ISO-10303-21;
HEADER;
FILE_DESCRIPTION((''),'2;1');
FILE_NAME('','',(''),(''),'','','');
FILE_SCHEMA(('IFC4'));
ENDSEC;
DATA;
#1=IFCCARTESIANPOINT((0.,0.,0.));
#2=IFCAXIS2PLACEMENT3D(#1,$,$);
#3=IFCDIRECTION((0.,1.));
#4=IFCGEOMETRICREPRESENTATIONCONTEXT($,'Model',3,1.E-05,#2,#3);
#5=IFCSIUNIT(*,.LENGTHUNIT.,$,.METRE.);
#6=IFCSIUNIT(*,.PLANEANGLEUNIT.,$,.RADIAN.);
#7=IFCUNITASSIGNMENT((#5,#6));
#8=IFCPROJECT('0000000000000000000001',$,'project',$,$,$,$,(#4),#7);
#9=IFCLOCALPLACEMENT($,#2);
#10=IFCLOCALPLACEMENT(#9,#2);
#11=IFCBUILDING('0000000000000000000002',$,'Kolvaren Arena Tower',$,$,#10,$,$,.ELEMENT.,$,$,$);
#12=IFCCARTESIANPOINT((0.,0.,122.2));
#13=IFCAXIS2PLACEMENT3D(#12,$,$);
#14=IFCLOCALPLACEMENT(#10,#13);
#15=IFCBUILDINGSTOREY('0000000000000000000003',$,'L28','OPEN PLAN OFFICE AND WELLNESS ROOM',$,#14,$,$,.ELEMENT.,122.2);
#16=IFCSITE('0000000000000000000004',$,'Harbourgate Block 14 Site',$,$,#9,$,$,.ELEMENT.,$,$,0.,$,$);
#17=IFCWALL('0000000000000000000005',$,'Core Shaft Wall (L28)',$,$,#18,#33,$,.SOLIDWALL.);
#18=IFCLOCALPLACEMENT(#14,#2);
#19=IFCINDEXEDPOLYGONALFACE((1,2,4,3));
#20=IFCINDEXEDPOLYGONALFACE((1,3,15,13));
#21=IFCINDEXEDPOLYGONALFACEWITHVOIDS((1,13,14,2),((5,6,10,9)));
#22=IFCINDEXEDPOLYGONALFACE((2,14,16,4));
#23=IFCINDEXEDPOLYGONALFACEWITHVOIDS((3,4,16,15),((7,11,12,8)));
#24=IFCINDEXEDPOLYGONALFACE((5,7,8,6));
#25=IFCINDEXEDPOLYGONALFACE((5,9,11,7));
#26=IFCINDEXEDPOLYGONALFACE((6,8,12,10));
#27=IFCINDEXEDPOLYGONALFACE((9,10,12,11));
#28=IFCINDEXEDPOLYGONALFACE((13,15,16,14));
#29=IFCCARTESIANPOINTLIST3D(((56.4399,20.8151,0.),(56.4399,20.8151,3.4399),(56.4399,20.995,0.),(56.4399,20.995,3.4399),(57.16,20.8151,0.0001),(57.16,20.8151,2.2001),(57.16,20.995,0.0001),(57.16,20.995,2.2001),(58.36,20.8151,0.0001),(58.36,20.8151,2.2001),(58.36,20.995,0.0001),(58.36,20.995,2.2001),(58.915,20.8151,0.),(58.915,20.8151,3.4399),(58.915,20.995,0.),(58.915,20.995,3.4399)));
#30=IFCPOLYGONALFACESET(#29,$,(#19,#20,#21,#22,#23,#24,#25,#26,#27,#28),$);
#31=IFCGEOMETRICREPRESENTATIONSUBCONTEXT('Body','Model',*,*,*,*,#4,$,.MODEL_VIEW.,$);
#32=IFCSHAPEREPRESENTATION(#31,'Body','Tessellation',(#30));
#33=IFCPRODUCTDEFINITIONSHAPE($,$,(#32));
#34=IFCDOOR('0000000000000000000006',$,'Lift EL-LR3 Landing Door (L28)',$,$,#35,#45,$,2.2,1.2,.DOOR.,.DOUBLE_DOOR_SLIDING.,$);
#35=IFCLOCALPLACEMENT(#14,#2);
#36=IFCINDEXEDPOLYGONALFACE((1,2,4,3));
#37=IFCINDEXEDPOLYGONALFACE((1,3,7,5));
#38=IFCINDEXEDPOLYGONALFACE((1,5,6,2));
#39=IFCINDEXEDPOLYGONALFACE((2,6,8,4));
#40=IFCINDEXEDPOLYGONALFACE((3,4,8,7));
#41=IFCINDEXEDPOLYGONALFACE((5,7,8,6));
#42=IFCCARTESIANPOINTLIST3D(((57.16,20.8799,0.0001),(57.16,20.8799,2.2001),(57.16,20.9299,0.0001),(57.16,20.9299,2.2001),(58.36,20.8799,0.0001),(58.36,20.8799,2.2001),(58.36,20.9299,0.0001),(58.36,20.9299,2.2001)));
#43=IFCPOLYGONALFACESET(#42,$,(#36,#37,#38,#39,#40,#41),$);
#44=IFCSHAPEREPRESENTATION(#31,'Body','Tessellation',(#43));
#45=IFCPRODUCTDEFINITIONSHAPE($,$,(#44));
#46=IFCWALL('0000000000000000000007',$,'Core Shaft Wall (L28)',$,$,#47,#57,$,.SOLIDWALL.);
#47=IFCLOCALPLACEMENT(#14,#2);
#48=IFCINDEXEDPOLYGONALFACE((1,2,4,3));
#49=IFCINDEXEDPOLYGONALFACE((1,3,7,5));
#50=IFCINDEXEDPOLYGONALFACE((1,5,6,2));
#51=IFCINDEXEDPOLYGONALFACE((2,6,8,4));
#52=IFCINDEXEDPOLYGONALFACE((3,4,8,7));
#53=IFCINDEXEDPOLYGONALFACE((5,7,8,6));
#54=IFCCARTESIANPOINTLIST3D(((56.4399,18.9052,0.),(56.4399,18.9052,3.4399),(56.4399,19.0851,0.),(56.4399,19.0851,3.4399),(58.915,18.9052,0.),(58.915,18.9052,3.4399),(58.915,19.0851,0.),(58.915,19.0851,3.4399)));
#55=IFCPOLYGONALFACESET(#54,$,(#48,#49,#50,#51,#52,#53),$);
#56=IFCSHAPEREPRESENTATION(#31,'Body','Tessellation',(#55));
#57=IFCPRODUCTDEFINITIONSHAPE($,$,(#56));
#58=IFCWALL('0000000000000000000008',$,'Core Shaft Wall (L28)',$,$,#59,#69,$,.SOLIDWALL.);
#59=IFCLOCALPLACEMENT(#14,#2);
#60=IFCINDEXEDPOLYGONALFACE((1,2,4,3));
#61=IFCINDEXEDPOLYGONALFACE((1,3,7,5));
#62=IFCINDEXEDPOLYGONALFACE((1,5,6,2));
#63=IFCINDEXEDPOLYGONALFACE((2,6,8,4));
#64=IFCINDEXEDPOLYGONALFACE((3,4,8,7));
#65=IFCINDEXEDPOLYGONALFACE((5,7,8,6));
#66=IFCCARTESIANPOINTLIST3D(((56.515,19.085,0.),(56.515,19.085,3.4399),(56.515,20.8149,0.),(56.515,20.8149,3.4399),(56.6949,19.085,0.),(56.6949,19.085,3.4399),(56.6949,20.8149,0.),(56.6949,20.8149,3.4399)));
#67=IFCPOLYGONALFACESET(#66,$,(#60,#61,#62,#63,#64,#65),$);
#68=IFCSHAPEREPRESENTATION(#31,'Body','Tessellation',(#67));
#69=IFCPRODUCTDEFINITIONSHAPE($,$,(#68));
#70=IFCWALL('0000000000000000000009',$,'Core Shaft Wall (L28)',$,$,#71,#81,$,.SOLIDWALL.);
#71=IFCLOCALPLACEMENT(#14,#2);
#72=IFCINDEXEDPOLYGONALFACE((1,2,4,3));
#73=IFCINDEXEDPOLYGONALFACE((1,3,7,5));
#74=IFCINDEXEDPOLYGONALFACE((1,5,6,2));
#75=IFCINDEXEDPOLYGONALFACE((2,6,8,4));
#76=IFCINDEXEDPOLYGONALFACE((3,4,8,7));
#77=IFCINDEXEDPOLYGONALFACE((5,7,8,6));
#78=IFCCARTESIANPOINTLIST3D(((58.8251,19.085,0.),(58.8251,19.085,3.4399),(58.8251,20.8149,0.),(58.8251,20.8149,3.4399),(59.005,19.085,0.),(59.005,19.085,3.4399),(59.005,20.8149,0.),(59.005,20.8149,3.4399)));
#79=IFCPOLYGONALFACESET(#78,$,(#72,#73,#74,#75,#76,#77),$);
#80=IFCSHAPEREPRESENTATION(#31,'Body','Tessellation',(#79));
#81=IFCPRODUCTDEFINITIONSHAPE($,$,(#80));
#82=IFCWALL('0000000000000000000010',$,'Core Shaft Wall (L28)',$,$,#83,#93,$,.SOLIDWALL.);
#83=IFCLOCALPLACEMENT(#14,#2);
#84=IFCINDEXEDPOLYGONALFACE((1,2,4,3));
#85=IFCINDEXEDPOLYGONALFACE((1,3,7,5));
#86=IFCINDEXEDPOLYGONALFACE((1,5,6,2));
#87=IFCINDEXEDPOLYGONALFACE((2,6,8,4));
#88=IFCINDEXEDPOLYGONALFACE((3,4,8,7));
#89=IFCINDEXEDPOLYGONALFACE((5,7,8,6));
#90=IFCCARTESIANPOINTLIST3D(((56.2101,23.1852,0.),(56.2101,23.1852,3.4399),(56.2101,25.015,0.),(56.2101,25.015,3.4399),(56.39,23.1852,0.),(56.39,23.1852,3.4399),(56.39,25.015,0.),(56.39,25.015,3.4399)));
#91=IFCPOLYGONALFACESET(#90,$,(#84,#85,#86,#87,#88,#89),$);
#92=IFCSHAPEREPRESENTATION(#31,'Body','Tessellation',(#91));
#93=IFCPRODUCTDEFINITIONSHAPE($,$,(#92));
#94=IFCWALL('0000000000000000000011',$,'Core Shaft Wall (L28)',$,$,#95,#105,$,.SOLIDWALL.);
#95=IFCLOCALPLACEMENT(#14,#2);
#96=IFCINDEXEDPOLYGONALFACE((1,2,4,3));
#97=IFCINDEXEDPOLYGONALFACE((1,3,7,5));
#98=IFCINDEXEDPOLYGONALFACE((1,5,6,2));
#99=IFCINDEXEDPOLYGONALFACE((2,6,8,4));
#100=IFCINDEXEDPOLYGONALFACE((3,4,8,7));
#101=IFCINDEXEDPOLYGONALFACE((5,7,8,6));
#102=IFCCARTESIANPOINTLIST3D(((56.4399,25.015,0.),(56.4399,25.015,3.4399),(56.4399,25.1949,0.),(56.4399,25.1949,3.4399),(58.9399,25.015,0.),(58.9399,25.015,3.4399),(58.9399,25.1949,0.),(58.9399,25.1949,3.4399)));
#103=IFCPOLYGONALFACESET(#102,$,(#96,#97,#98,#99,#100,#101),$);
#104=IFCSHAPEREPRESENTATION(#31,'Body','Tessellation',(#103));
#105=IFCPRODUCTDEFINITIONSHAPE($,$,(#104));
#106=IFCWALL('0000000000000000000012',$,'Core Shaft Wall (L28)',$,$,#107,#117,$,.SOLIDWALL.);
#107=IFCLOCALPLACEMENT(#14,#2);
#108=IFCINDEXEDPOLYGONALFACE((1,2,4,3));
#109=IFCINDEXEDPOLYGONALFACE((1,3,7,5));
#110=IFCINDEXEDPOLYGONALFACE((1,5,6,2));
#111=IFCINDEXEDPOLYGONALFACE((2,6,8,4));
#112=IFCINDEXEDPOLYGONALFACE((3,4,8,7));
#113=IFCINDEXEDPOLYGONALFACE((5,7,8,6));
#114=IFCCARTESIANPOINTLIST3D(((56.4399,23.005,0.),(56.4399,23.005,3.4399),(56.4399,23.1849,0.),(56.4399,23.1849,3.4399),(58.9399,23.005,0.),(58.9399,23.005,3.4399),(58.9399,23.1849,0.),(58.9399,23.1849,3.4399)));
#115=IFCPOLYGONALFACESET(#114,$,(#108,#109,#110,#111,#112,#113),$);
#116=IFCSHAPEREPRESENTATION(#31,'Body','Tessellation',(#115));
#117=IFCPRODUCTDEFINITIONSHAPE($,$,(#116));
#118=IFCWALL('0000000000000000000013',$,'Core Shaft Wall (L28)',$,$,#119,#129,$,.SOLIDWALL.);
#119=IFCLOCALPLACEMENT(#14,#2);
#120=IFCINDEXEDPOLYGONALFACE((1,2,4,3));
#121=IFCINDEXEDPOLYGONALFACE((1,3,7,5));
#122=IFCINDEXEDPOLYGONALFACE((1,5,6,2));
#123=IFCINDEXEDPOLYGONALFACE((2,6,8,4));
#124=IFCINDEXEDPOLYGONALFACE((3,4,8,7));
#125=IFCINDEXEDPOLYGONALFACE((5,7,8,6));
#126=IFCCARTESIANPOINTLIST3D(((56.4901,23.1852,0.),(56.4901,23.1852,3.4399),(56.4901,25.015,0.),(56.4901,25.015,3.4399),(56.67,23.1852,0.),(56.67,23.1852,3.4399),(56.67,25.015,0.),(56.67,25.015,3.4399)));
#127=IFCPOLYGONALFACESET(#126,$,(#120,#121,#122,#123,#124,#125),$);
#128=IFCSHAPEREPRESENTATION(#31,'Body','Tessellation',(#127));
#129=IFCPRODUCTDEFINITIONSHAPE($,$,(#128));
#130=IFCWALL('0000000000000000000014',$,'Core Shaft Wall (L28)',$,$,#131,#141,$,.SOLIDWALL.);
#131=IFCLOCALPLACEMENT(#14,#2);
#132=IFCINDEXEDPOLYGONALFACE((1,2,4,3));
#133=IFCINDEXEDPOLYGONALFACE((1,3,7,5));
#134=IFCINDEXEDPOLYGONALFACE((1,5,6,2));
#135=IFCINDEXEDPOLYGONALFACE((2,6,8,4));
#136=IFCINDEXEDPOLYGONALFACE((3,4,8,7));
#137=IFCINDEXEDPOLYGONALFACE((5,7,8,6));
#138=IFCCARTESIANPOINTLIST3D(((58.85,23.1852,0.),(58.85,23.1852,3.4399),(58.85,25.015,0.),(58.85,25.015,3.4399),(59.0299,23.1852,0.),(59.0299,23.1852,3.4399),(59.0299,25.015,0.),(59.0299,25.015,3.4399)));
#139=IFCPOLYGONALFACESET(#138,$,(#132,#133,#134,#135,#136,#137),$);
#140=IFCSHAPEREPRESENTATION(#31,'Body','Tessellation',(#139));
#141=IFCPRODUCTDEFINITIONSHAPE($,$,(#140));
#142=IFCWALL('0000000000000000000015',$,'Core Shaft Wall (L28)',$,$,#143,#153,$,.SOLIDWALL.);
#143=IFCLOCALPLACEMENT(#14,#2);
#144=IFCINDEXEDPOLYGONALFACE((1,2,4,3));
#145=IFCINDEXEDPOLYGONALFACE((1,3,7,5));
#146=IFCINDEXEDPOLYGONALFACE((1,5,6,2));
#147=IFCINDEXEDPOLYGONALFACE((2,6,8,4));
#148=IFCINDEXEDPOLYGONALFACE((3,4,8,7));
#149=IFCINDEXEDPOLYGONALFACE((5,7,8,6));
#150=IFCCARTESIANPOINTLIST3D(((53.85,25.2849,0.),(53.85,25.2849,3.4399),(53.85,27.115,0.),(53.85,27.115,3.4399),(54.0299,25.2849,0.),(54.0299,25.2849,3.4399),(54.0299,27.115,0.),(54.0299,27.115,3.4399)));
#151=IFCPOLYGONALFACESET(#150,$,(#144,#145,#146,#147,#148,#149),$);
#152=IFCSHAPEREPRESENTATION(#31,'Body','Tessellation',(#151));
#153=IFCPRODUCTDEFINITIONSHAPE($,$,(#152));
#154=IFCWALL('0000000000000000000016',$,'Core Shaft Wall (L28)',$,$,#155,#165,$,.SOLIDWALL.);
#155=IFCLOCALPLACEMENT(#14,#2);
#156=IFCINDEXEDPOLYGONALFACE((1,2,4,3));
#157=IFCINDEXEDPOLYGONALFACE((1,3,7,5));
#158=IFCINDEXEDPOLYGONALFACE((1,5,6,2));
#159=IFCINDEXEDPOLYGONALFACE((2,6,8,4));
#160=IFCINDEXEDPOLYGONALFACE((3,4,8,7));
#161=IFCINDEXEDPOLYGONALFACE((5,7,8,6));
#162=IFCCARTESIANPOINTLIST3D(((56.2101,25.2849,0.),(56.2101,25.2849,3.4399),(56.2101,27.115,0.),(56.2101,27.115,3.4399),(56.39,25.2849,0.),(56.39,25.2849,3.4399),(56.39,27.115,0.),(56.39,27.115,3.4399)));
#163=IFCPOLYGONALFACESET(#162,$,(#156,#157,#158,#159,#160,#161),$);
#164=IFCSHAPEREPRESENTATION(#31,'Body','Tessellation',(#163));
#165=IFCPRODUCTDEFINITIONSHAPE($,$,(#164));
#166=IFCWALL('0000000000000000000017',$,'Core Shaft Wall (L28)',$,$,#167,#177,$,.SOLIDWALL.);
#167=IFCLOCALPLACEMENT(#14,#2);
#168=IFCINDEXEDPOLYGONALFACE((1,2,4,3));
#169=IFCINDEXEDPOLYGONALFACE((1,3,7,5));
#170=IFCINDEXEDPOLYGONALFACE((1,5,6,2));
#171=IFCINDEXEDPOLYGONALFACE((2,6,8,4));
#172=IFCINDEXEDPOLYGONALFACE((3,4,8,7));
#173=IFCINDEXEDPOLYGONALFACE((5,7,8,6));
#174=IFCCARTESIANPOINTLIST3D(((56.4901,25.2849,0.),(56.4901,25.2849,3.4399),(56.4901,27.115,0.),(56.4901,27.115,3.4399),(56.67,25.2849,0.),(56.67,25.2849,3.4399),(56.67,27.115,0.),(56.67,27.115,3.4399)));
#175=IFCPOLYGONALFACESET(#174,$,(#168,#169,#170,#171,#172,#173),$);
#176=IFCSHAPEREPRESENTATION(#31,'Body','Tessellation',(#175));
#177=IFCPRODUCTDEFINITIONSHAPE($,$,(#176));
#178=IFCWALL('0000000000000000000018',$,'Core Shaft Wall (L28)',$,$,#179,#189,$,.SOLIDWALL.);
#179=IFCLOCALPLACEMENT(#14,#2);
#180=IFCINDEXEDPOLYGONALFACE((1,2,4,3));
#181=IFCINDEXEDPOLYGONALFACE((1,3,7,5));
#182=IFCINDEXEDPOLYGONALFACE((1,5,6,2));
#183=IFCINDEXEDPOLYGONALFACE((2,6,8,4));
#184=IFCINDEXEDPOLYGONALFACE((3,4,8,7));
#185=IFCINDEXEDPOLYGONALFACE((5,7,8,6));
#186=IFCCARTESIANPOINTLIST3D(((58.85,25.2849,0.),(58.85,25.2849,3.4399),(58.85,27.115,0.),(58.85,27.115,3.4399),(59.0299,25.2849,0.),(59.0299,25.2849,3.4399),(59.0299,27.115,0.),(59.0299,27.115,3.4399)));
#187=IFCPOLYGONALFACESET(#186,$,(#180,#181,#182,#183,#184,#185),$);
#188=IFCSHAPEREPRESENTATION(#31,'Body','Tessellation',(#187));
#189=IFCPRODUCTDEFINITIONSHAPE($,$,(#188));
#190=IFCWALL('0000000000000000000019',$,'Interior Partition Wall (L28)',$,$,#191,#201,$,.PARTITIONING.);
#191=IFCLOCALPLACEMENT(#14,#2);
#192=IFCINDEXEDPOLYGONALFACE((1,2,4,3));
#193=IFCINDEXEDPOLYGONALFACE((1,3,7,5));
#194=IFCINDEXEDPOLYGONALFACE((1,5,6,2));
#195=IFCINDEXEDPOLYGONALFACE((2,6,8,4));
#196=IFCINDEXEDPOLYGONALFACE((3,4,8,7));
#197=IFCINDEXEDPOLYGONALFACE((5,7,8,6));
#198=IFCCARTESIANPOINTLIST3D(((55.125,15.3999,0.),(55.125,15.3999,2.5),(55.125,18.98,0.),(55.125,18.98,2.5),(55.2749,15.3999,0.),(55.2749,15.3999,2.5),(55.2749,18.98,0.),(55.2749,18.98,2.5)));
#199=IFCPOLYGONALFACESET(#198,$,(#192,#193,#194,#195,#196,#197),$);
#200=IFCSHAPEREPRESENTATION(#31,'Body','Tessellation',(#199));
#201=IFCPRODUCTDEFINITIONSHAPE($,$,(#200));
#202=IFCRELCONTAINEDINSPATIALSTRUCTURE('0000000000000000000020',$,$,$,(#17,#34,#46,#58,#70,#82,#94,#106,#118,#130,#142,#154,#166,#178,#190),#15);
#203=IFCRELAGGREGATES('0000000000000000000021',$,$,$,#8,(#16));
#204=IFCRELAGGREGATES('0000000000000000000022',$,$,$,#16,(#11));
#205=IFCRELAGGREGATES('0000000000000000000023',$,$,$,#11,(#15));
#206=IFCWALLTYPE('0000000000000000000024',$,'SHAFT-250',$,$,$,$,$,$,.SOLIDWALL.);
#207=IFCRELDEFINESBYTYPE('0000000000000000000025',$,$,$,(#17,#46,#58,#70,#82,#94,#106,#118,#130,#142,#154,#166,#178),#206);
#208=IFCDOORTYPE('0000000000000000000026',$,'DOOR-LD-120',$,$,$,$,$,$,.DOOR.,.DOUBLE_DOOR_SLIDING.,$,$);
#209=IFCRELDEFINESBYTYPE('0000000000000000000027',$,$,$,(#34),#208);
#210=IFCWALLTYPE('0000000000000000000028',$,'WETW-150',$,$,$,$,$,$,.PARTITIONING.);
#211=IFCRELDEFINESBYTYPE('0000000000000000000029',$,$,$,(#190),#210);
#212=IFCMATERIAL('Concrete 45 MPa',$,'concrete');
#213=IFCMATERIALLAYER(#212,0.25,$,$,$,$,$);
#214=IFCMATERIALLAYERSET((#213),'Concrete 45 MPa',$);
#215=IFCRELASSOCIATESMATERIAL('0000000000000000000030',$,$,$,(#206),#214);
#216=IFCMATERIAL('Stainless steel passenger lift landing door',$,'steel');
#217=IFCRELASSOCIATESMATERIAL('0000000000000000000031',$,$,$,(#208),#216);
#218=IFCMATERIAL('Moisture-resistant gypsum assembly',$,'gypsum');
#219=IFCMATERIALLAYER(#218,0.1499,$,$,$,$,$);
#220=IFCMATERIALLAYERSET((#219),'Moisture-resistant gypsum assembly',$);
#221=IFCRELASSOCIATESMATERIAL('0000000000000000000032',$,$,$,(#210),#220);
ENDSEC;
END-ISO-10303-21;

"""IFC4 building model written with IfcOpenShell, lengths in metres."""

from ifc_helpers import new_model, si_unit, direction, frame, frame_2d, origin, place, context, subcontext, project, spatial, rectangle, extrude, material, layer, layer_set, type_object, element, fill, save


model = new_model("IFC4")

# Units and contexts
model_context = context("Model", 3, precision=1e-05, world=origin(), true_north=direction((0.0, 1.0)))
body_context = subcontext(model_context, "Body", "Model", "MODEL_VIEW")
ifc_project = project(units=[si_unit("LENGTHUNIT", "METRE"), si_unit("PLANEANGLEUNIT", "RADIAN")], contexts=[model_context])

# Site, building, storey
site_placement = place(None, origin())
site = spatial("IfcSite", under=ifc_project, at=site_placement, Name="Harbourgate Block 14 Site", CompositionType="ELEMENT", RefElevation=0.0)
building_placement = place(site_placement, origin())
building = spatial("IfcBuilding", under=site, at=building_placement, Name="Kolvaren Arena Tower", CompositionType="ELEMENT")
storey_placement = place(building_placement, frame((0.0, 0.0, 122.2)))
storey = spatial("IfcBuildingStorey", under=building, at=storey_placement, Name="L28", Description="OPEN PLAN OFFICE AND WELLNESS ROOM", CompositionType="ELEMENT", Elevation=122.2)

# Shared definitions
ifc_material_1 = material(Name="Concrete 45 MPa", Category="concrete")
ifc_layer_1 = layer(ifc_material_1, 0.25)
ifc_layer_set_1 = layer_set([ifc_layer_1], Name="Concrete 45 MPa")
wall_type_1 = type_object("IfcWallType", Name="SHAFT-250", PredefinedType="SOLIDWALL", material=ifc_layer_set_1)

# Wall, opening, door
wall_1_placement = place(storey_placement, frame((56.4399, 20.905, 0.0), z_axis=(0.0, 0.0, 1.0), x_axis=(1.0, 0.0, 0.0)))
wall_1 = element("IfcWall", 1, at=wall_1_placement, inside=storey, type_object=wall_type_1, Name="Core Shaft Wall (L28)", PredefinedType="SOLIDWALL", context=body_context, shape_type="SweptSolid", body=[
    extrude(rectangle(XDim=2.4751, YDim=0.1799, at=frame_2d((1.2375, 0.0))), origin(), (0.0, 0.0, 1.0), 3.4399),
])
opening_placement = place(wall_1_placement, frame((0.72, 0.0, 0.0)))
opening = element("IfcOpeningElement", 2, at=opening_placement, cuts=wall_1, PredefinedType="OPENING", context=body_context, shape_type="SweptSolid", body=[
    extrude(rectangle(XDim=1.2, YDim=2.2, at=frame_2d((0.6001, 1.1001))), frame((0.0, 0.0999, 0.0), z_axis=(0.0, -1.0, 0.0), x_axis=(1.0, 0.0, 0.0)), (0.0, 0.0, 1.0), 0.2),
])
ifc_material_2 = material(Name="Stainless steel passenger lift landing door", Category="steel")
door_type = type_object("IfcDoorType", Name="DOOR-LD-120", OperationType="DOUBLE_DOOR_SLIDING", PredefinedType="DOOR", material=ifc_material_2)
door_placement = place(opening_placement, origin())
door = element("IfcDoor", 3, at=door_placement, inside=storey, type_object=door_type, Name="Lift EL-LR3 Landing Door (L28)", OperationType="DOUBLE_DOOR_SLIDING", OverallHeight=2.2, OverallWidth=1.2, PredefinedType="DOOR", context=body_context, shape_type="SweptSolid", body=[
    extrude(rectangle(XDim=1.2, YDim=2.2, at=frame_2d((0.6001, 1.1001))), frame((0.0, 0.0249, 0.0), z_axis=(0.0, -1.0, 0.0), x_axis=(1.0, 0.0, 0.0)), (0.0, 0.0, 1.0), 0.05),
])
fill(opening, door)

# Walls
wall_2_placement = place(storey_placement, frame((56.4399, 18.9951, 0.0), z_axis=(0.0, 0.0, 1.0), x_axis=(1.0, 0.0, 0.0)))
element("IfcWall", 4, at=wall_2_placement, inside=storey, type_object=wall_type_1, Name="Core Shaft Wall (L28)", PredefinedType="SOLIDWALL", context=body_context, shape_type="SweptSolid", body=[
    extrude(rectangle(XDim=2.4751, YDim=0.1799, at=frame_2d((1.2375, 0.0))), origin(), (0.0, 0.0, 1.0), 3.4399),
])
for number, where, z_axis, x_axis, name in (
    (5, (56.605, 19.085, 0.0), (0.0, 0.0, 1.0), (0.0, 1.0, 0.0), "Core Shaft Wall (L28)"),
    (6, (58.915, 19.085, 0.0), (0.0, 0.0, 1.0), (0.0, 1.0, 0.0), "Core Shaft Wall (L28)"),
):
    element("IfcWall", number, at=place(storey_placement, frame(where, z_axis=z_axis, x_axis=x_axis)), inside=storey, type_object=wall_type_1, Name=name, PredefinedType="SOLIDWALL", context=body_context, shape_type="SweptSolid", body=[
        extrude(rectangle(XDim=1.73, YDim=0.1799, at=frame_2d((0.865, 0.0))), origin(), (0.0, 0.0, 1.0), 3.4399),
    ])
wall_3_placement = place(storey_placement, frame((56.3, 23.1851, 0.0), z_axis=(0.0, 0.0, 1.0), x_axis=(0.0, 1.0, 0.0)))
element("IfcWall", 7, at=wall_3_placement, inside=storey, type_object=wall_type_1, Name="Core Shaft Wall (L28)", PredefinedType="SOLIDWALL", context=body_context, shape_type="SweptSolid", body=[
    extrude(rectangle(XDim=1.8298, YDim=0.1799, at=frame_2d((0.915, 0.0))), origin(), (0.0, 0.0, 1.0), 3.4399),
])
for number, where, z_axis, x_axis, name in (
    (8, (56.4399, 25.105, 0.0), (0.0, 0.0, 1.0), (1.0, 0.0, 0.0), "Core Shaft Wall (L28)"),
    (9, (56.4399, 23.095, 0.0), (0.0, 0.0, 1.0), (1.0, 0.0, 0.0), "Core Shaft Wall (L28)"),
):
    element("IfcWall", number, at=place(storey_placement, frame(where, z_axis=z_axis, x_axis=x_axis)), inside=storey, type_object=wall_type_1, Name=name, PredefinedType="SOLIDWALL", context=body_context, shape_type="SweptSolid", body=[
        extrude(rectangle(XDim=2.5, YDim=0.1799, at=frame_2d((1.25, 0.0))), origin(), (0.0, 0.0, 1.0), 3.4399),
    ])
for number, where, z_axis, x_axis, name in (
    (10, (56.5801, 23.1851, 0.0), (0.0, 0.0, 1.0), (0.0, 1.0, 0.0), "Core Shaft Wall (L28)"),
    (11, (58.9399, 23.1851, 0.0), (0.0, 0.0, 1.0), (0.0, 1.0, 0.0), "Core Shaft Wall (L28)"),
):
    element("IfcWall", number, at=place(storey_placement, frame(where, z_axis=z_axis, x_axis=x_axis)), inside=storey, type_object=wall_type_1, Name=name, PredefinedType="SOLIDWALL", context=body_context, shape_type="SweptSolid", body=[
        extrude(rectangle(XDim=1.8298, YDim=0.1799, at=frame_2d((0.915, 0.0))), origin(), (0.0, 0.0, 1.0), 3.4399),
    ])
for number, where, z_axis, x_axis, name in (
    (12, (53.9399, 25.2849, 0.0), (0.0, 0.0, 1.0), (0.0, 1.0, 0.0), "Core Shaft Wall (L28)"),
    (13, (56.3, 25.2849, 0.0), (0.0, 0.0, 1.0), (0.0, 1.0, 0.0), "Core Shaft Wall (L28)"),
    (14, (56.5801, 25.2849, 0.0), (0.0, 0.0, 1.0), (0.0, 1.0, 0.0), "Core Shaft Wall (L28)"),
    (15, (58.9399, 25.2849, 0.0), (0.0, 0.0, 1.0), (0.0, 1.0, 0.0), "Core Shaft Wall (L28)"),
):
    element("IfcWall", number, at=place(storey_placement, frame(where, z_axis=z_axis, x_axis=x_axis)), inside=storey, type_object=wall_type_1, Name=name, PredefinedType="SOLIDWALL", context=body_context, shape_type="SweptSolid", body=[
        extrude(rectangle(XDim=1.8301, YDim=0.1799, at=frame_2d((0.915, 0.0))), origin(), (0.0, 0.0, 1.0), 3.4399),
    ])
ifc_material_3 = material(Name="Moisture-resistant gypsum assembly", Category="gypsum")
ifc_layer_2 = layer(ifc_material_3, 0.1499)
ifc_layer_set_2 = layer_set([ifc_layer_2], Name="Moisture-resistant gypsum assembly")
wall_type_2 = type_object("IfcWallType", Name="WETW-150", PredefinedType="PARTITIONING", material=ifc_layer_set_2)
wall_4_placement = place(storey_placement, frame((55.2, 15.3999, 0.0), z_axis=(0.0, 0.0, 1.0), x_axis=(0.0, 1.0, 0.0)))
element("IfcWall", 16, at=wall_4_placement, inside=storey, type_object=wall_type_2, Name="Interior Partition Wall (L28)", PredefinedType="PARTITIONING", context=body_context, shape_type="SweptSolid", body=[
    extrude(rectangle(XDim=3.5801, YDim=0.1499, at=frame_2d((1.79, 0.0))), origin(), (0.0, 0.0, 1.0), 2.5),
])

save(model, "model.ifc")
